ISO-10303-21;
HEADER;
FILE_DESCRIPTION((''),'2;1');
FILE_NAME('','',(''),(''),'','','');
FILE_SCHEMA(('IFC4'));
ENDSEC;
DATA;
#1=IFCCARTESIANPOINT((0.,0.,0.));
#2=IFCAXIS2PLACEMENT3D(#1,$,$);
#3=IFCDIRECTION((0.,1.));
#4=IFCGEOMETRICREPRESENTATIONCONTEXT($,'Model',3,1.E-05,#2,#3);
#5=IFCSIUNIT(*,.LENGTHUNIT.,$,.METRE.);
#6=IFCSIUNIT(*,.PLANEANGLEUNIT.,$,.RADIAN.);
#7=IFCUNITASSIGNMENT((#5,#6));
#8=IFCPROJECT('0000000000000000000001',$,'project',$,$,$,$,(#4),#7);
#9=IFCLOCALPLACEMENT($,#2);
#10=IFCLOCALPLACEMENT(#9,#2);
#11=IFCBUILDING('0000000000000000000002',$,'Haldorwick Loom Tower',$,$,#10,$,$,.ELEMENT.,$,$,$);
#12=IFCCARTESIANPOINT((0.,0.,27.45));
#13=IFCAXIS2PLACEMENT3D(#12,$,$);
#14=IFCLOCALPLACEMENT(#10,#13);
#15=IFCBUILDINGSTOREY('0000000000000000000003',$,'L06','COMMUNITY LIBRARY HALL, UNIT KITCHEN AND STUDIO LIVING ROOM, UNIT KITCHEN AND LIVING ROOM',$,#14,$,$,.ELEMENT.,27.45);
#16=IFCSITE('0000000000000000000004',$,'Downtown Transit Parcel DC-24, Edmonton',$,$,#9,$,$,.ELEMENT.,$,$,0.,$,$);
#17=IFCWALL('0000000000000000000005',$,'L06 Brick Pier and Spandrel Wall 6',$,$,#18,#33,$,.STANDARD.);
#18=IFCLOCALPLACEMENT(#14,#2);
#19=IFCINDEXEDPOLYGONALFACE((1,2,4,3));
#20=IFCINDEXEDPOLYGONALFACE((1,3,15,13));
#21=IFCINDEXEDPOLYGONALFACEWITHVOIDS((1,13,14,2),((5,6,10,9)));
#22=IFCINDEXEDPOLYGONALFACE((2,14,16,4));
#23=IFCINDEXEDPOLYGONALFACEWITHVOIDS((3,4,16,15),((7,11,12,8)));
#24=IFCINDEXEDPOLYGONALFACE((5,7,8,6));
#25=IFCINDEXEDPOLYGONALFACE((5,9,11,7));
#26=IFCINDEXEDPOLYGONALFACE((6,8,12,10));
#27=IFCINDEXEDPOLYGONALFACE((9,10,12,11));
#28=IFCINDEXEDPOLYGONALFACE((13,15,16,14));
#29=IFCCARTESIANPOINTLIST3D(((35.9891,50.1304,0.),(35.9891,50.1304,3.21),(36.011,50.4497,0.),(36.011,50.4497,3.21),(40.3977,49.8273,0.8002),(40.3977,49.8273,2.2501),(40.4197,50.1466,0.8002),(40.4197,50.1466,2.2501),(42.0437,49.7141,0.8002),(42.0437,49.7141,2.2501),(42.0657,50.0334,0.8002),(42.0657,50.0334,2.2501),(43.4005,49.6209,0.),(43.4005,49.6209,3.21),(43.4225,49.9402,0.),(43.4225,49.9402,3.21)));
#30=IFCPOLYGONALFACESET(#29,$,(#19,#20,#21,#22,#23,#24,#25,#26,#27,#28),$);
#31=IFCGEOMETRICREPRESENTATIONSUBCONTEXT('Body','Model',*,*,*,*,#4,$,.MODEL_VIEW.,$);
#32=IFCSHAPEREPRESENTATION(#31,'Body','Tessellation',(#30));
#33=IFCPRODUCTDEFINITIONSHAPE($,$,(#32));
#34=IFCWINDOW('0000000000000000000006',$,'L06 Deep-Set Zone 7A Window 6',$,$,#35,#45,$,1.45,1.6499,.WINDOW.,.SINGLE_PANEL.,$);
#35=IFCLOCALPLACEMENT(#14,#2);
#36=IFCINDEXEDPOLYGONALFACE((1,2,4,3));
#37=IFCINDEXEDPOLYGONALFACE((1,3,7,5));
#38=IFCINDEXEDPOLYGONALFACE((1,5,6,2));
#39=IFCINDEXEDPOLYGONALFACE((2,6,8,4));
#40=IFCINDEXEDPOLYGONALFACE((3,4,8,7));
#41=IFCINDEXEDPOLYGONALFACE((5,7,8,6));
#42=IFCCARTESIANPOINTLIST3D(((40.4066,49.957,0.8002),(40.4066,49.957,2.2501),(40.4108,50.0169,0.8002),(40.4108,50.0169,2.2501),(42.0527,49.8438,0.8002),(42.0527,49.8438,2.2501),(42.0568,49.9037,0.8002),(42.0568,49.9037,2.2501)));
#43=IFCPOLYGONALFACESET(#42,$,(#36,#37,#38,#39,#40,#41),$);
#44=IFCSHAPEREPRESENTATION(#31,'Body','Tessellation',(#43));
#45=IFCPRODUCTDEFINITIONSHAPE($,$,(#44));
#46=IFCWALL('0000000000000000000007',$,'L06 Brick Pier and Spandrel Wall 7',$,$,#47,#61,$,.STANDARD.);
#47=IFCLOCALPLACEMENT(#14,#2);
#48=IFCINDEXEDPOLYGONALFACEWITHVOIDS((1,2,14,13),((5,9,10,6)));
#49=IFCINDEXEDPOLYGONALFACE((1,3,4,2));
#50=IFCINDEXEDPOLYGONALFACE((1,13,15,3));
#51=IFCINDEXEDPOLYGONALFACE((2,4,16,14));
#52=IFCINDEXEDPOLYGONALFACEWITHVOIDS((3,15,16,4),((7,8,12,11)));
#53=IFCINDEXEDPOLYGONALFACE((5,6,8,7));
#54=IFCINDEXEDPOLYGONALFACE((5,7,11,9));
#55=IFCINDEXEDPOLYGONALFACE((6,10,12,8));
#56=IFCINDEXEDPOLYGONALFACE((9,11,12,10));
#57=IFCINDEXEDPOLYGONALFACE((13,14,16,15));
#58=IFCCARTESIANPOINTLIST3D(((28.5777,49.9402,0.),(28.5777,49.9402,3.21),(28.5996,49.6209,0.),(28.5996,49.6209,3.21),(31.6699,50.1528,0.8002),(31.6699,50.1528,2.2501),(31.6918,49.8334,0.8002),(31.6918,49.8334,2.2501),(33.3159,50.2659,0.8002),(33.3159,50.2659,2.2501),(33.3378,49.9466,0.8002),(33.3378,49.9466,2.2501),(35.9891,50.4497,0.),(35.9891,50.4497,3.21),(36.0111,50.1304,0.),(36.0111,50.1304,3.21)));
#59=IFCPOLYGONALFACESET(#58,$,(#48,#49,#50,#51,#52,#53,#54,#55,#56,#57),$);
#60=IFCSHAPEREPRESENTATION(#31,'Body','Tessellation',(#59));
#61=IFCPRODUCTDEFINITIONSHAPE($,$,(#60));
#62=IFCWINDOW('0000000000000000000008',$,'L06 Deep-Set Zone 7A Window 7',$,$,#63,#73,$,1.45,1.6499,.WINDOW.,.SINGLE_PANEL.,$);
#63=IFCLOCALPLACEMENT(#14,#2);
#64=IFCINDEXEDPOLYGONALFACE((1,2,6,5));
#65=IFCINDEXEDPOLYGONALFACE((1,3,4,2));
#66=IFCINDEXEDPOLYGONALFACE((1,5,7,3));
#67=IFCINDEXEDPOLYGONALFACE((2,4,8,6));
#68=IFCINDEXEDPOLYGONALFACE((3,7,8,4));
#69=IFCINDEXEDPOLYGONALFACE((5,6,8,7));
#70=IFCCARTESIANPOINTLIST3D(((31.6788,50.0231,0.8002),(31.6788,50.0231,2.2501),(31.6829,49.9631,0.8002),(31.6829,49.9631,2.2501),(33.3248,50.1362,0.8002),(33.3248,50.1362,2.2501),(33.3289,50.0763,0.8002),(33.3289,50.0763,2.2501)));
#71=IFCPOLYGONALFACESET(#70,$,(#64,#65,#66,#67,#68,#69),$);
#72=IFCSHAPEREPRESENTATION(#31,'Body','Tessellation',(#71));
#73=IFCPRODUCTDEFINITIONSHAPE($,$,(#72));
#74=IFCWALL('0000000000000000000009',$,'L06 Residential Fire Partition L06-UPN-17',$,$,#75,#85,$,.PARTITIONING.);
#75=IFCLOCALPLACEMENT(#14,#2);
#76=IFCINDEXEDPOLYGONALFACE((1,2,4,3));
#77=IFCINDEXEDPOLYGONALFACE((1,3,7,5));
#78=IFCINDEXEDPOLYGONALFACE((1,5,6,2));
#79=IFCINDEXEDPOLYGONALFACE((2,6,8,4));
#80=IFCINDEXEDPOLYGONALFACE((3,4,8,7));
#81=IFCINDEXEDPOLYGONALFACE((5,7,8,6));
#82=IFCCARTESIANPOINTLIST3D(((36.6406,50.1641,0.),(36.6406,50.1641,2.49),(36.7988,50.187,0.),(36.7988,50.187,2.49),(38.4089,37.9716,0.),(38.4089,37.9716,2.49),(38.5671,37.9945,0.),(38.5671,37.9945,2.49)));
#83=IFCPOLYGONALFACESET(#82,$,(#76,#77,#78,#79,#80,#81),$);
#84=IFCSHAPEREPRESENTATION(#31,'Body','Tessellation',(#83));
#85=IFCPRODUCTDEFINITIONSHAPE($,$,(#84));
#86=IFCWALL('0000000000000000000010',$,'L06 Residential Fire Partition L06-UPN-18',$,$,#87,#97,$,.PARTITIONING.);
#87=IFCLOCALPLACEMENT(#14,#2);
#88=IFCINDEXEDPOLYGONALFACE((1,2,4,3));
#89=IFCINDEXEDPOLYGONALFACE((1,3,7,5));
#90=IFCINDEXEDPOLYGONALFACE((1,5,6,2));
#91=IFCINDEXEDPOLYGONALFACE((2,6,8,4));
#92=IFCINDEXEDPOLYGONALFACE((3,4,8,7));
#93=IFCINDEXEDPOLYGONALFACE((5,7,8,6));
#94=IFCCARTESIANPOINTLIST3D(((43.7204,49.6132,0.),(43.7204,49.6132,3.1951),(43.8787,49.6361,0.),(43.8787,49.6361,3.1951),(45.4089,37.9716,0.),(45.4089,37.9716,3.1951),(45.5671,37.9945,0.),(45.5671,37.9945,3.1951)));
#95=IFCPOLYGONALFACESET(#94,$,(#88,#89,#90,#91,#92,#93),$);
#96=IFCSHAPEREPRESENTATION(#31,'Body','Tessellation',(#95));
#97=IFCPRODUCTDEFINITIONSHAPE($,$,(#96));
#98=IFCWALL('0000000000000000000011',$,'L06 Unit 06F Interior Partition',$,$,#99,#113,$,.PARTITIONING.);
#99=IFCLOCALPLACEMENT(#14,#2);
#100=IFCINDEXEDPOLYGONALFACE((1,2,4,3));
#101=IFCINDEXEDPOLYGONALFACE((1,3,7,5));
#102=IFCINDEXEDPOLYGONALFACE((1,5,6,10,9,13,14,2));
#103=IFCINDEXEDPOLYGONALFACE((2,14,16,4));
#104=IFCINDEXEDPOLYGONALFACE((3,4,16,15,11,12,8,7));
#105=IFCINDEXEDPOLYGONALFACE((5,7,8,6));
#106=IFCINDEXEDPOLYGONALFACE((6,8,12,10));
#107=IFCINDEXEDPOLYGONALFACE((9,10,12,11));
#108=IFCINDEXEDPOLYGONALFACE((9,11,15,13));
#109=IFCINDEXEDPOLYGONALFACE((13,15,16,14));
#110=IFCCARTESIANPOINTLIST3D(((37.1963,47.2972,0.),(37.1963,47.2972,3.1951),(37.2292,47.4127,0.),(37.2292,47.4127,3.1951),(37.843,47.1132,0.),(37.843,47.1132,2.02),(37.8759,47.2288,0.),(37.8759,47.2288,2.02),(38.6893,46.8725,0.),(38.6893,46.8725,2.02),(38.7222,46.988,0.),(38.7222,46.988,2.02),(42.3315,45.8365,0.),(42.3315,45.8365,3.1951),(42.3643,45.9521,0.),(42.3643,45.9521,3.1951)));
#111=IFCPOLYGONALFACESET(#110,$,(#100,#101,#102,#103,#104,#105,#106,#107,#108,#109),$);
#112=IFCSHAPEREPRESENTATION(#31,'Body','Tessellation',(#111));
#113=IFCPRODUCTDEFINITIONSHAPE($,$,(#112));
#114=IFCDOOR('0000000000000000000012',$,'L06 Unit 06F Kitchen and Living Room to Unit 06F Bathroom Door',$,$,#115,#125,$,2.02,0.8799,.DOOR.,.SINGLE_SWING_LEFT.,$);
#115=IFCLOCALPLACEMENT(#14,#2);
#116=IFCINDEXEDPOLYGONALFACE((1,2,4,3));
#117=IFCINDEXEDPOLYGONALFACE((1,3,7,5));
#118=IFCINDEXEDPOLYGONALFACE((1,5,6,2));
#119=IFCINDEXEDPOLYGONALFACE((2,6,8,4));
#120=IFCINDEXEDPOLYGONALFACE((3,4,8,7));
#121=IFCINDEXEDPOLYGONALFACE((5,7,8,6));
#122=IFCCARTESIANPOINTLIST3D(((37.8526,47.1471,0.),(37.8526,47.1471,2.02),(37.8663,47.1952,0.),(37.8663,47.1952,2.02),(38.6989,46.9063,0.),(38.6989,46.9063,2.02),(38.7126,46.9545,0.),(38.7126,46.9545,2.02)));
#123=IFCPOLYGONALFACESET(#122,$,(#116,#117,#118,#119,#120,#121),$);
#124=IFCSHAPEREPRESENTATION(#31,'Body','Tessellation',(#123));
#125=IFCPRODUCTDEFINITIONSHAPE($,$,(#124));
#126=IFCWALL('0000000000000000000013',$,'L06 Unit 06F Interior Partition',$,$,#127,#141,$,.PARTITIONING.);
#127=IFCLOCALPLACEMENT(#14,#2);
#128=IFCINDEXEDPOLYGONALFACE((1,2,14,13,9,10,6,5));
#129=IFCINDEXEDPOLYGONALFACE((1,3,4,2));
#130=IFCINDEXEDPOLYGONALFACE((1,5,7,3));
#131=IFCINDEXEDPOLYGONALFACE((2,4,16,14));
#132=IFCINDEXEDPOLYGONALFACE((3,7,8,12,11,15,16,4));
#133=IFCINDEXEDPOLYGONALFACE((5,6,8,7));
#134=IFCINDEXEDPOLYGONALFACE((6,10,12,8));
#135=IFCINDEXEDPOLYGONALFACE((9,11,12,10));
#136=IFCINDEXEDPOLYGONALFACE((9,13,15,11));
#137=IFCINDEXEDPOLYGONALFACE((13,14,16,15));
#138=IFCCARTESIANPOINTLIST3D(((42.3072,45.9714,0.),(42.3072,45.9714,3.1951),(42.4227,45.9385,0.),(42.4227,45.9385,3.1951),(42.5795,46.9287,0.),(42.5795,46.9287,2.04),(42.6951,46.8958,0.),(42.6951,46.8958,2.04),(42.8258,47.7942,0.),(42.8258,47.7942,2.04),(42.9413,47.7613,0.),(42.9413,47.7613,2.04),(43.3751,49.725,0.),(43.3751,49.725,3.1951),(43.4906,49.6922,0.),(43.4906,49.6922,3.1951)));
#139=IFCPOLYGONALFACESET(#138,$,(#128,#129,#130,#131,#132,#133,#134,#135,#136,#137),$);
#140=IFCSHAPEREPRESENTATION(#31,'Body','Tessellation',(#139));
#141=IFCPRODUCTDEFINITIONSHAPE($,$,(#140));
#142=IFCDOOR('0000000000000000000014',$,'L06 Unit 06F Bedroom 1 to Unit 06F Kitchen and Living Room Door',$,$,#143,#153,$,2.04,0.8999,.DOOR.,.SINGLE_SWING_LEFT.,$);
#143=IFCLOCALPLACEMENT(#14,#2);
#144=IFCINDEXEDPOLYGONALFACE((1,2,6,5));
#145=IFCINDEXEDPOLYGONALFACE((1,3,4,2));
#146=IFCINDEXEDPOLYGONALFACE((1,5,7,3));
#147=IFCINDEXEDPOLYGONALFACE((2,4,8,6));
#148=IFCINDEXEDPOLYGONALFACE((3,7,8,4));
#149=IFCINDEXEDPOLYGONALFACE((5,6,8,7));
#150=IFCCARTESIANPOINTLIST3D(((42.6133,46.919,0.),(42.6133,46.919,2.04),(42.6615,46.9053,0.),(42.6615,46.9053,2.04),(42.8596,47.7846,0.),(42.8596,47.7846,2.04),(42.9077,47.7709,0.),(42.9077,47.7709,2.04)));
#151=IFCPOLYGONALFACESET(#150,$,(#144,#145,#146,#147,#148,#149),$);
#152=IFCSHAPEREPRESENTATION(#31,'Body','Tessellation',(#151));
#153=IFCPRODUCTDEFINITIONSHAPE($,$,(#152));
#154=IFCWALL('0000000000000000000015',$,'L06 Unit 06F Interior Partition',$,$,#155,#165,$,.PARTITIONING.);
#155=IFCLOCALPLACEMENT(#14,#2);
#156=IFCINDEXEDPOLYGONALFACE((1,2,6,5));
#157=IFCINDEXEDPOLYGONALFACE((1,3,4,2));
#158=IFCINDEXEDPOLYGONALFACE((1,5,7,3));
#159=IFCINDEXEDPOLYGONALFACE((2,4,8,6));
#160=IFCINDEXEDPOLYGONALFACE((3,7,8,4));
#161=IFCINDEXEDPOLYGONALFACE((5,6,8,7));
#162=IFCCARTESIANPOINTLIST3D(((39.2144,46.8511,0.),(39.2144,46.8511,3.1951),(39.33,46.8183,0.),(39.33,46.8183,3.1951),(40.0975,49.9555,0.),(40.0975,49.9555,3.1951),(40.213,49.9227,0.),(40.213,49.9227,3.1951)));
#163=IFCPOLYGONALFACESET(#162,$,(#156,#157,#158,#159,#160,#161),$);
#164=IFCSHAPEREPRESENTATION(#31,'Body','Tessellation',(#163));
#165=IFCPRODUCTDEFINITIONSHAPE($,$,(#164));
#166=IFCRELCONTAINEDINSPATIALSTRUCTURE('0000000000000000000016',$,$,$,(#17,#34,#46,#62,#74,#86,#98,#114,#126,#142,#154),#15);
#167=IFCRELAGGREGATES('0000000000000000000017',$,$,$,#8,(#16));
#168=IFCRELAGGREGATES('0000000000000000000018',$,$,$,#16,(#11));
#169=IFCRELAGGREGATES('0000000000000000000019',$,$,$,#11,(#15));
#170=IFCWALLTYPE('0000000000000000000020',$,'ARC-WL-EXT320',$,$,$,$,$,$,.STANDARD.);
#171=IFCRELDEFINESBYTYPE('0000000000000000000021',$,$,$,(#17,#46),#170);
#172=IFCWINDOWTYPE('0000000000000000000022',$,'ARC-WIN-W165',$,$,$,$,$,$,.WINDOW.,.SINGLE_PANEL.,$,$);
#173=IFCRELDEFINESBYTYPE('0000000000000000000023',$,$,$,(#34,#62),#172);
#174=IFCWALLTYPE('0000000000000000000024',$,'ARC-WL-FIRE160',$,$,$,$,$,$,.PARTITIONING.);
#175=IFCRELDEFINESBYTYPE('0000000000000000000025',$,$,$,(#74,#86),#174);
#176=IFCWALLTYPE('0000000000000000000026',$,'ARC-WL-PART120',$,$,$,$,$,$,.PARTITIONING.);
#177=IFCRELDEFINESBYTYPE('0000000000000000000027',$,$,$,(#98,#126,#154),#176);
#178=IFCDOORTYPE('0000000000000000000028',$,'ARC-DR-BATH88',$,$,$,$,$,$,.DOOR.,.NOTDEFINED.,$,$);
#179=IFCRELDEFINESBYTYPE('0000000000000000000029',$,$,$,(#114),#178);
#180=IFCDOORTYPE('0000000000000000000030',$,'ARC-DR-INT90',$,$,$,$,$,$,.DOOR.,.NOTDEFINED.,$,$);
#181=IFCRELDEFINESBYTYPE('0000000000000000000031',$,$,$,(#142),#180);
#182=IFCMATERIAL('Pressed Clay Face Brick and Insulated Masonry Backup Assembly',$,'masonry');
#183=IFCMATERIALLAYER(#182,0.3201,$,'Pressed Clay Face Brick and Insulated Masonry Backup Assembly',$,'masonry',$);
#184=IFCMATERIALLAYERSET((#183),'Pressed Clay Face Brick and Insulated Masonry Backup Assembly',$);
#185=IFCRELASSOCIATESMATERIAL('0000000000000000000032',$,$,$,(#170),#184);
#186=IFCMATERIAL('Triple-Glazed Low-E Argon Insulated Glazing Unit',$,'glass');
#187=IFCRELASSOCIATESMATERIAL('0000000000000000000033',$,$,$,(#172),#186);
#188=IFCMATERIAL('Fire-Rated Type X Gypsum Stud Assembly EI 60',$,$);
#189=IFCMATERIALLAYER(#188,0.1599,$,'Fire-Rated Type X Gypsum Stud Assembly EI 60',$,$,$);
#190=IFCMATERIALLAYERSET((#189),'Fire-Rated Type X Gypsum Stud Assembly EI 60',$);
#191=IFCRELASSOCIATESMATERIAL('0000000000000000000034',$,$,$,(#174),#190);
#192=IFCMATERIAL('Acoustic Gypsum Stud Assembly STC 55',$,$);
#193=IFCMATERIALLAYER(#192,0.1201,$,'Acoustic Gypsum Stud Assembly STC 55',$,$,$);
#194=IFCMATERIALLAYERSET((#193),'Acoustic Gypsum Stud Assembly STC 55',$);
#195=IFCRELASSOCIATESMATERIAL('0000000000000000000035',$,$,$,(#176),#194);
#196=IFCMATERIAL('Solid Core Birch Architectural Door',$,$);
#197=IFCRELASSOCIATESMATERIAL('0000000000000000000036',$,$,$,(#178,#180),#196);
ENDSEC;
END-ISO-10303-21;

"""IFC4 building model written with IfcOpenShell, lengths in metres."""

from ifc_helpers import new_model, si_unit, direction, frame, frame_2d, origin, place, context, subcontext, project, spatial, rectangle, extrude, material, layer, layer_set, type_object, element, fill, save


model = new_model("IFC4")

# Units and contexts
model_context = context("Model", 3, precision=1e-05, world=origin(), true_north=direction((0.0, 1.0)))
body_context = subcontext(model_context, "Body", "Model", "MODEL_VIEW")
ifc_project = project(units=[si_unit("LENGTHUNIT", "METRE"), si_unit("PLANEANGLEUNIT", "RADIAN")], contexts=[model_context])

# Site, building, storey
site_placement = place(None, origin())
site = spatial("IfcSite", under=ifc_project, at=site_placement, Name="Downtown Transit Parcel DC-24, Edmonton", CompositionType="ELEMENT", RefElevation=0.0)
building_placement = place(site_placement, origin())
building = spatial("IfcBuilding", under=site, at=building_placement, Name="Haldorwick Loom Tower", CompositionType="ELEMENT")
storey_placement = place(building_placement, frame((0.0, 0.0, 27.45)))
storey = spatial("IfcBuildingStorey", under=building, at=storey_placement, Name="L06", Description="COMMUNITY LIBRARY HALL, UNIT KITCHEN AND STUDIO LIVING ROOM, UNIT KITCHEN AND LIVING ROOM", CompositionType="ELEMENT", Elevation=27.45)

# Walls, openings, windows
ifc_material_1 = material(Name="Pressed Clay Face Brick and Insulated Masonry Backup Assembly", Category="masonry")
ifc_layer_1 = layer(ifc_material_1, 0.3201, Name="Pressed Clay Face Brick and Insulated Masonry Backup Assembly", Category="masonry")
ifc_layer_set_1 = layer_set([ifc_layer_1], Name="Pressed Clay Face Brick and Insulated Masonry Backup Assembly")
wall_type_1 = type_object("IfcWallType", Name="ARC-WL-EXT320", PredefinedType="STANDARD", material=ifc_layer_set_1)
wall_1_placement = place(storey_placement, frame((43.4114, 49.7805, 0.0), z_axis=(0.0, 0.0, 1.0), x_axis=(-0.997645, 0.068587, 0.0)))
wall_1 = element("IfcWall", 1, at=wall_1_placement, inside=storey, type_object=wall_type_1, Name="L06 Brick Pier and Spandrel Wall 6", PredefinedType="STANDARD", context=body_context, shape_type="SweptSolid", body=[
    extrude(rectangle(XDim=7.429, YDim=0.3201, at=frame_2d((3.7144, 0.0))), origin(), (0.0, 0.0, 1.0), 3.21),
])
opening_1_placement = place(wall_1_placement, frame((1.3599, 0.0, 0.8)))
opening_1 = element("IfcOpeningElement", 2, at=opening_1_placement, cuts=wall_1, PredefinedType="OPENING", context=body_context, shape_type="SweptSolid", body=[
    extrude(rectangle(XDim=1.6499, YDim=1.45, at=frame_2d((0.825, 0.7251))), frame((0.0, 0.1699, 0.0), z_axis=(0.0, -1.0, 0.0), x_axis=(1.0, 0.0, 0.0)), (0.0, 0.0, 1.0), 0.3401),
])
ifc_material_2 = material(Name="Triple-Glazed Low-E Argon Insulated Glazing Unit", Category="glass")
window_type = type_object("IfcWindowType", Name="ARC-WIN-W165", PartitioningType="SINGLE_PANEL", PredefinedType="WINDOW", material=ifc_material_2)
window_1_placement = place(opening_1_placement, origin())
window_1 = element("IfcWindow", 3, at=window_1_placement, inside=storey, type_object=window_type, Name="L06 Deep-Set Zone 7A Window 6", OverallHeight=1.45, OverallWidth=1.6499, PartitioningType="SINGLE_PANEL", PredefinedType="WINDOW", context=body_context, shape_type="SweptSolid", body=[
    extrude(rectangle(XDim=1.6499, YDim=1.45, at=frame_2d((0.825, 0.7251))), frame((0.0, 0.03, 0.0), z_axis=(0.0, -1.0, 0.0), x_axis=(1.0, 0.0, 0.0)), (0.0, 0.0, 1.0), 0.0601),
])
fill(opening_1, window_1)
wall_2_placement = place(storey_placement, frame((36.0, 50.29, 0.0), z_axis=(0.0, 0.0, 1.0), x_axis=(-0.997645, -0.068587, 0.0)))
wall_2 = element("IfcWall", 4, at=wall_2_placement, inside=storey, type_object=wall_type_1, Name="L06 Brick Pier and Spandrel Wall 7", PredefinedType="STANDARD", context=body_context, shape_type="SweptSolid", body=[
    extrude(rectangle(XDim=7.429, YDim=0.3201, at=frame_2d((3.7144, 0.0))), origin(), (0.0, 0.0, 1.0), 3.21),
])
opening_2_placement = place(wall_2_placement, frame((2.6794, 0.0, 0.8)))
opening_2 = element("IfcOpeningElement", 5, at=opening_2_placement, cuts=wall_2, PredefinedType="OPENING", context=body_context, shape_type="SweptSolid", body=[
    extrude(rectangle(XDim=1.6499, YDim=1.45, at=frame_2d((0.825, 0.7251))), frame((0.0, 0.1699, 0.0), z_axis=(0.0, -1.0, 0.0), x_axis=(1.0, 0.0, 0.0)), (0.0, 0.0, 1.0), 0.3401),
])
window_2_placement = place(opening_2_placement, origin())
window_2 = element("IfcWindow", 6, at=window_2_placement, inside=storey, type_object=window_type, Name="L06 Deep-Set Zone 7A Window 7", OverallHeight=1.45, OverallWidth=1.6499, PartitioningType="SINGLE_PANEL", PredefinedType="WINDOW", context=body_context, shape_type="SweptSolid", body=[
    extrude(rectangle(XDim=1.6499, YDim=1.45, at=frame_2d((0.825, 0.7251))), frame((0.0, 0.03, 0.0), z_axis=(0.0, -1.0, 0.0), x_axis=(1.0, 0.0, 0.0)), (0.0, 0.0, 1.0), 0.0601),
])
fill(opening_2, window_2)

# Walls
ifc_material_3 = material(Name="Fire-Rated Type X Gypsum Stud Assembly EI 60")
ifc_layer_2 = layer(ifc_material_3, 0.1599, Name="Fire-Rated Type X Gypsum Stud Assembly EI 60")
ifc_layer_set_2 = layer_set([ifc_layer_2], Name="Fire-Rated Type X Gypsum Stud Assembly EI 60")
wall_type_2 = type_object("IfcWallType", Name="ARC-WL-FIRE160", PredefinedType="PARTITIONING", material=ifc_layer_set_2)
wall_3_placement = place(storey_placement, frame((38.488, 37.9829, 0.0), z_axis=(0.0, 0.0, 1.0), x_axis=(-0.143532, 0.989646, 0.0)))
element("IfcWall", 7, at=wall_3_placement, inside=storey, type_object=wall_type_2, Name="L06 Residential Fire Partition L06-UPN-17", PredefinedType="PARTITIONING", context=body_context, shape_type="SweptSolid", body=[
    extrude(rectangle(XDim=12.3201, YDim=0.1599, at=frame_2d((6.1602, 0.0))), origin(), (0.0, 0.0, 1.0), 2.49),
])
wall_4_placement = place(storey_placement, frame((45.488, 37.9829, 0.0), z_axis=(0.0, 0.0, 1.0), x_axis=(-0.143536, 0.989645, 0.0)))
element("IfcWall", 8, at=wall_4_placement, inside=storey, type_object=wall_type_2, Name="L06 Residential Fire Partition L06-UPN-18", PredefinedType="PARTITIONING", context=body_context, shape_type="SweptSolid", body=[
    extrude(rectangle(XDim=11.7634, YDim=0.1599, at=frame_2d((5.8818, 0.0))), origin(), (0.0, 0.0, 1.0), 3.1951),
])

# Walls, openings, doors
ifc_material_4 = material(Name="Acoustic Gypsum Stud Assembly STC 55")
ifc_layer_3 = layer(ifc_material_4, 0.1201, Name="Acoustic Gypsum Stud Assembly STC 55")
ifc_layer_set_3 = layer_set([ifc_layer_3], Name="Acoustic Gypsum Stud Assembly STC 55")
wall_type_3 = type_object("IfcWallType", Name="ARC-WL-PART120", PredefinedType="PARTITIONING", material=ifc_layer_set_3)
wall_5_placement = place(storey_placement, frame((42.3479, 45.8943, 0.0), z_axis=(0.0, 0.0, 1.0), x_axis=(-0.961846, 0.273592, 0.0)))
wall_5 = element("IfcWall", 9, at=wall_5_placement, inside=storey, type_object=wall_type_3, Name="L06 Unit 06F Interior Partition", PredefinedType="PARTITIONING", context=body_context, shape_type="SweptSolid", body=[
    extrude(rectangle(XDim=5.3389, YDim=0.1201, at=frame_2d((2.6694, 0.0))), origin(), (0.0, 0.0, 1.0), 3.1951),
])
opening_3_placement = place(wall_5_placement, frame((3.7866, 0.0, 0.0)))
opening_3 = element("IfcOpeningElement", 10, at=opening_3_placement, cuts=wall_5, PredefinedType="OPENING", context=body_context, shape_type="SweptSolid", body=[
    extrude(rectangle(XDim=0.8799, YDim=2.02, at=frame_2d((0.4399, 1.01))), frame((0.0, 0.0701, 0.0), z_axis=(0.0, -1.0, 0.0), x_axis=(1.0, 0.0, 0.0)), (0.0, 0.0, 1.0), 0.1401),
])
ifc_material_5 = material(Name="Solid Core Birch Architectural Door")
door_type_1 = type_object("IfcDoorType", Name="ARC-DR-BATH88", OperationType="NOTDEFINED", PredefinedType="DOOR", material=ifc_material_5)
door_1_placement = place(opening_3_placement, origin())
door_1 = element("IfcDoor", 11, at=door_1_placement, inside=storey, type_object=door_type_1, Name="L06 Unit 06F Kitchen and Living Room to Unit 06F Bathroom Door", OperationType="SINGLE_SWING_LEFT", OverallHeight=2.02, OverallWidth=0.8799, PredefinedType="DOOR", context=body_context, shape_type="SweptSolid", body=[
    extrude(rectangle(XDim=0.8799, YDim=2.02, at=frame_2d((0.4399, 1.01))), frame((0.0, 0.0249, 0.0), z_axis=(0.0, -1.0, 0.0), x_axis=(1.0, 0.0, 0.0)), (0.0, 0.0, 1.0), 0.05),
])
fill(opening_3, door_1)
wall_6_placement = place(storey_placement, frame((42.365, 45.9551, 0.0), z_axis=(0.0, 0.0, 1.0), x_axis=(0.27363, 0.961835, 0.0)))
wall_6 = element("IfcWall", 12, at=wall_6_placement, inside=storey, type_object=wall_type_3, Name="L06 Unit 06F Interior Partition", PredefinedType="PARTITIONING", context=body_context, shape_type="SweptSolid", body=[
    extrude(rectangle(XDim=3.9026, YDim=0.1201, at=frame_2d((1.9512, 0.0))), origin(), (0.0, 0.0, 1.0), 3.1951),
])
opening_4_placement = place(wall_6_placement, frame((0.9951, 0.0, 0.0)))
opening_4 = element("IfcOpeningElement", 13, at=opening_4_placement, cuts=wall_6, PredefinedType="OPENING", context=body_context, shape_type="SweptSolid", body=[
    extrude(rectangle(XDim=0.8999, YDim=2.04, at=frame_2d((0.45, 1.02))), frame((0.0, 0.0701, 0.0), z_axis=(0.0, -1.0, 0.0), x_axis=(1.0, 0.0, 0.0)), (0.0, 0.0, 1.0), 0.1401),
])
door_type_2 = type_object("IfcDoorType", Name="ARC-DR-INT90", OperationType="NOTDEFINED", PredefinedType="DOOR", material=ifc_material_5)
door_2_placement = place(opening_4_placement, origin())
door_2 = element("IfcDoor", 14, at=door_2_placement, inside=storey, type_object=door_type_2, Name="L06 Unit 06F Bedroom 1 to Unit 06F Kitchen and Living Room Door", OperationType="SINGLE_SWING_LEFT", OverallHeight=2.04, OverallWidth=0.8999, PredefinedType="DOOR", context=body_context, shape_type="SweptSolid", body=[
    extrude(rectangle(XDim=0.8999, YDim=2.04, at=frame_2d((0.45, 1.02))), frame((0.0, 0.0249, 0.0), z_axis=(0.0, -1.0, 0.0), x_axis=(1.0, 0.0, 0.0)), (0.0, 0.0, 1.0), 0.05),
])
fill(opening_4, door_2)

# Wall
wall_7_placement = place(storey_placement, frame((39.2722, 46.8347, 0.0), z_axis=(0.0, 0.0, 1.0), x_axis=(0.273592, 0.961846, 0.0)))
element("IfcWall", 15, at=wall_7_placement, inside=storey, type_object=wall_type_3, Name="L06 Unit 06F Interior Partition", PredefinedType="PARTITIONING", context=body_context, shape_type="SweptSolid", body=[
    extrude(rectangle(XDim=3.2275, YDim=0.1201, at=frame_2d((1.6138, 0.0))), origin(), (0.0, 0.0, 1.0), 3.1951),
])

save(model, "model.ifc")
